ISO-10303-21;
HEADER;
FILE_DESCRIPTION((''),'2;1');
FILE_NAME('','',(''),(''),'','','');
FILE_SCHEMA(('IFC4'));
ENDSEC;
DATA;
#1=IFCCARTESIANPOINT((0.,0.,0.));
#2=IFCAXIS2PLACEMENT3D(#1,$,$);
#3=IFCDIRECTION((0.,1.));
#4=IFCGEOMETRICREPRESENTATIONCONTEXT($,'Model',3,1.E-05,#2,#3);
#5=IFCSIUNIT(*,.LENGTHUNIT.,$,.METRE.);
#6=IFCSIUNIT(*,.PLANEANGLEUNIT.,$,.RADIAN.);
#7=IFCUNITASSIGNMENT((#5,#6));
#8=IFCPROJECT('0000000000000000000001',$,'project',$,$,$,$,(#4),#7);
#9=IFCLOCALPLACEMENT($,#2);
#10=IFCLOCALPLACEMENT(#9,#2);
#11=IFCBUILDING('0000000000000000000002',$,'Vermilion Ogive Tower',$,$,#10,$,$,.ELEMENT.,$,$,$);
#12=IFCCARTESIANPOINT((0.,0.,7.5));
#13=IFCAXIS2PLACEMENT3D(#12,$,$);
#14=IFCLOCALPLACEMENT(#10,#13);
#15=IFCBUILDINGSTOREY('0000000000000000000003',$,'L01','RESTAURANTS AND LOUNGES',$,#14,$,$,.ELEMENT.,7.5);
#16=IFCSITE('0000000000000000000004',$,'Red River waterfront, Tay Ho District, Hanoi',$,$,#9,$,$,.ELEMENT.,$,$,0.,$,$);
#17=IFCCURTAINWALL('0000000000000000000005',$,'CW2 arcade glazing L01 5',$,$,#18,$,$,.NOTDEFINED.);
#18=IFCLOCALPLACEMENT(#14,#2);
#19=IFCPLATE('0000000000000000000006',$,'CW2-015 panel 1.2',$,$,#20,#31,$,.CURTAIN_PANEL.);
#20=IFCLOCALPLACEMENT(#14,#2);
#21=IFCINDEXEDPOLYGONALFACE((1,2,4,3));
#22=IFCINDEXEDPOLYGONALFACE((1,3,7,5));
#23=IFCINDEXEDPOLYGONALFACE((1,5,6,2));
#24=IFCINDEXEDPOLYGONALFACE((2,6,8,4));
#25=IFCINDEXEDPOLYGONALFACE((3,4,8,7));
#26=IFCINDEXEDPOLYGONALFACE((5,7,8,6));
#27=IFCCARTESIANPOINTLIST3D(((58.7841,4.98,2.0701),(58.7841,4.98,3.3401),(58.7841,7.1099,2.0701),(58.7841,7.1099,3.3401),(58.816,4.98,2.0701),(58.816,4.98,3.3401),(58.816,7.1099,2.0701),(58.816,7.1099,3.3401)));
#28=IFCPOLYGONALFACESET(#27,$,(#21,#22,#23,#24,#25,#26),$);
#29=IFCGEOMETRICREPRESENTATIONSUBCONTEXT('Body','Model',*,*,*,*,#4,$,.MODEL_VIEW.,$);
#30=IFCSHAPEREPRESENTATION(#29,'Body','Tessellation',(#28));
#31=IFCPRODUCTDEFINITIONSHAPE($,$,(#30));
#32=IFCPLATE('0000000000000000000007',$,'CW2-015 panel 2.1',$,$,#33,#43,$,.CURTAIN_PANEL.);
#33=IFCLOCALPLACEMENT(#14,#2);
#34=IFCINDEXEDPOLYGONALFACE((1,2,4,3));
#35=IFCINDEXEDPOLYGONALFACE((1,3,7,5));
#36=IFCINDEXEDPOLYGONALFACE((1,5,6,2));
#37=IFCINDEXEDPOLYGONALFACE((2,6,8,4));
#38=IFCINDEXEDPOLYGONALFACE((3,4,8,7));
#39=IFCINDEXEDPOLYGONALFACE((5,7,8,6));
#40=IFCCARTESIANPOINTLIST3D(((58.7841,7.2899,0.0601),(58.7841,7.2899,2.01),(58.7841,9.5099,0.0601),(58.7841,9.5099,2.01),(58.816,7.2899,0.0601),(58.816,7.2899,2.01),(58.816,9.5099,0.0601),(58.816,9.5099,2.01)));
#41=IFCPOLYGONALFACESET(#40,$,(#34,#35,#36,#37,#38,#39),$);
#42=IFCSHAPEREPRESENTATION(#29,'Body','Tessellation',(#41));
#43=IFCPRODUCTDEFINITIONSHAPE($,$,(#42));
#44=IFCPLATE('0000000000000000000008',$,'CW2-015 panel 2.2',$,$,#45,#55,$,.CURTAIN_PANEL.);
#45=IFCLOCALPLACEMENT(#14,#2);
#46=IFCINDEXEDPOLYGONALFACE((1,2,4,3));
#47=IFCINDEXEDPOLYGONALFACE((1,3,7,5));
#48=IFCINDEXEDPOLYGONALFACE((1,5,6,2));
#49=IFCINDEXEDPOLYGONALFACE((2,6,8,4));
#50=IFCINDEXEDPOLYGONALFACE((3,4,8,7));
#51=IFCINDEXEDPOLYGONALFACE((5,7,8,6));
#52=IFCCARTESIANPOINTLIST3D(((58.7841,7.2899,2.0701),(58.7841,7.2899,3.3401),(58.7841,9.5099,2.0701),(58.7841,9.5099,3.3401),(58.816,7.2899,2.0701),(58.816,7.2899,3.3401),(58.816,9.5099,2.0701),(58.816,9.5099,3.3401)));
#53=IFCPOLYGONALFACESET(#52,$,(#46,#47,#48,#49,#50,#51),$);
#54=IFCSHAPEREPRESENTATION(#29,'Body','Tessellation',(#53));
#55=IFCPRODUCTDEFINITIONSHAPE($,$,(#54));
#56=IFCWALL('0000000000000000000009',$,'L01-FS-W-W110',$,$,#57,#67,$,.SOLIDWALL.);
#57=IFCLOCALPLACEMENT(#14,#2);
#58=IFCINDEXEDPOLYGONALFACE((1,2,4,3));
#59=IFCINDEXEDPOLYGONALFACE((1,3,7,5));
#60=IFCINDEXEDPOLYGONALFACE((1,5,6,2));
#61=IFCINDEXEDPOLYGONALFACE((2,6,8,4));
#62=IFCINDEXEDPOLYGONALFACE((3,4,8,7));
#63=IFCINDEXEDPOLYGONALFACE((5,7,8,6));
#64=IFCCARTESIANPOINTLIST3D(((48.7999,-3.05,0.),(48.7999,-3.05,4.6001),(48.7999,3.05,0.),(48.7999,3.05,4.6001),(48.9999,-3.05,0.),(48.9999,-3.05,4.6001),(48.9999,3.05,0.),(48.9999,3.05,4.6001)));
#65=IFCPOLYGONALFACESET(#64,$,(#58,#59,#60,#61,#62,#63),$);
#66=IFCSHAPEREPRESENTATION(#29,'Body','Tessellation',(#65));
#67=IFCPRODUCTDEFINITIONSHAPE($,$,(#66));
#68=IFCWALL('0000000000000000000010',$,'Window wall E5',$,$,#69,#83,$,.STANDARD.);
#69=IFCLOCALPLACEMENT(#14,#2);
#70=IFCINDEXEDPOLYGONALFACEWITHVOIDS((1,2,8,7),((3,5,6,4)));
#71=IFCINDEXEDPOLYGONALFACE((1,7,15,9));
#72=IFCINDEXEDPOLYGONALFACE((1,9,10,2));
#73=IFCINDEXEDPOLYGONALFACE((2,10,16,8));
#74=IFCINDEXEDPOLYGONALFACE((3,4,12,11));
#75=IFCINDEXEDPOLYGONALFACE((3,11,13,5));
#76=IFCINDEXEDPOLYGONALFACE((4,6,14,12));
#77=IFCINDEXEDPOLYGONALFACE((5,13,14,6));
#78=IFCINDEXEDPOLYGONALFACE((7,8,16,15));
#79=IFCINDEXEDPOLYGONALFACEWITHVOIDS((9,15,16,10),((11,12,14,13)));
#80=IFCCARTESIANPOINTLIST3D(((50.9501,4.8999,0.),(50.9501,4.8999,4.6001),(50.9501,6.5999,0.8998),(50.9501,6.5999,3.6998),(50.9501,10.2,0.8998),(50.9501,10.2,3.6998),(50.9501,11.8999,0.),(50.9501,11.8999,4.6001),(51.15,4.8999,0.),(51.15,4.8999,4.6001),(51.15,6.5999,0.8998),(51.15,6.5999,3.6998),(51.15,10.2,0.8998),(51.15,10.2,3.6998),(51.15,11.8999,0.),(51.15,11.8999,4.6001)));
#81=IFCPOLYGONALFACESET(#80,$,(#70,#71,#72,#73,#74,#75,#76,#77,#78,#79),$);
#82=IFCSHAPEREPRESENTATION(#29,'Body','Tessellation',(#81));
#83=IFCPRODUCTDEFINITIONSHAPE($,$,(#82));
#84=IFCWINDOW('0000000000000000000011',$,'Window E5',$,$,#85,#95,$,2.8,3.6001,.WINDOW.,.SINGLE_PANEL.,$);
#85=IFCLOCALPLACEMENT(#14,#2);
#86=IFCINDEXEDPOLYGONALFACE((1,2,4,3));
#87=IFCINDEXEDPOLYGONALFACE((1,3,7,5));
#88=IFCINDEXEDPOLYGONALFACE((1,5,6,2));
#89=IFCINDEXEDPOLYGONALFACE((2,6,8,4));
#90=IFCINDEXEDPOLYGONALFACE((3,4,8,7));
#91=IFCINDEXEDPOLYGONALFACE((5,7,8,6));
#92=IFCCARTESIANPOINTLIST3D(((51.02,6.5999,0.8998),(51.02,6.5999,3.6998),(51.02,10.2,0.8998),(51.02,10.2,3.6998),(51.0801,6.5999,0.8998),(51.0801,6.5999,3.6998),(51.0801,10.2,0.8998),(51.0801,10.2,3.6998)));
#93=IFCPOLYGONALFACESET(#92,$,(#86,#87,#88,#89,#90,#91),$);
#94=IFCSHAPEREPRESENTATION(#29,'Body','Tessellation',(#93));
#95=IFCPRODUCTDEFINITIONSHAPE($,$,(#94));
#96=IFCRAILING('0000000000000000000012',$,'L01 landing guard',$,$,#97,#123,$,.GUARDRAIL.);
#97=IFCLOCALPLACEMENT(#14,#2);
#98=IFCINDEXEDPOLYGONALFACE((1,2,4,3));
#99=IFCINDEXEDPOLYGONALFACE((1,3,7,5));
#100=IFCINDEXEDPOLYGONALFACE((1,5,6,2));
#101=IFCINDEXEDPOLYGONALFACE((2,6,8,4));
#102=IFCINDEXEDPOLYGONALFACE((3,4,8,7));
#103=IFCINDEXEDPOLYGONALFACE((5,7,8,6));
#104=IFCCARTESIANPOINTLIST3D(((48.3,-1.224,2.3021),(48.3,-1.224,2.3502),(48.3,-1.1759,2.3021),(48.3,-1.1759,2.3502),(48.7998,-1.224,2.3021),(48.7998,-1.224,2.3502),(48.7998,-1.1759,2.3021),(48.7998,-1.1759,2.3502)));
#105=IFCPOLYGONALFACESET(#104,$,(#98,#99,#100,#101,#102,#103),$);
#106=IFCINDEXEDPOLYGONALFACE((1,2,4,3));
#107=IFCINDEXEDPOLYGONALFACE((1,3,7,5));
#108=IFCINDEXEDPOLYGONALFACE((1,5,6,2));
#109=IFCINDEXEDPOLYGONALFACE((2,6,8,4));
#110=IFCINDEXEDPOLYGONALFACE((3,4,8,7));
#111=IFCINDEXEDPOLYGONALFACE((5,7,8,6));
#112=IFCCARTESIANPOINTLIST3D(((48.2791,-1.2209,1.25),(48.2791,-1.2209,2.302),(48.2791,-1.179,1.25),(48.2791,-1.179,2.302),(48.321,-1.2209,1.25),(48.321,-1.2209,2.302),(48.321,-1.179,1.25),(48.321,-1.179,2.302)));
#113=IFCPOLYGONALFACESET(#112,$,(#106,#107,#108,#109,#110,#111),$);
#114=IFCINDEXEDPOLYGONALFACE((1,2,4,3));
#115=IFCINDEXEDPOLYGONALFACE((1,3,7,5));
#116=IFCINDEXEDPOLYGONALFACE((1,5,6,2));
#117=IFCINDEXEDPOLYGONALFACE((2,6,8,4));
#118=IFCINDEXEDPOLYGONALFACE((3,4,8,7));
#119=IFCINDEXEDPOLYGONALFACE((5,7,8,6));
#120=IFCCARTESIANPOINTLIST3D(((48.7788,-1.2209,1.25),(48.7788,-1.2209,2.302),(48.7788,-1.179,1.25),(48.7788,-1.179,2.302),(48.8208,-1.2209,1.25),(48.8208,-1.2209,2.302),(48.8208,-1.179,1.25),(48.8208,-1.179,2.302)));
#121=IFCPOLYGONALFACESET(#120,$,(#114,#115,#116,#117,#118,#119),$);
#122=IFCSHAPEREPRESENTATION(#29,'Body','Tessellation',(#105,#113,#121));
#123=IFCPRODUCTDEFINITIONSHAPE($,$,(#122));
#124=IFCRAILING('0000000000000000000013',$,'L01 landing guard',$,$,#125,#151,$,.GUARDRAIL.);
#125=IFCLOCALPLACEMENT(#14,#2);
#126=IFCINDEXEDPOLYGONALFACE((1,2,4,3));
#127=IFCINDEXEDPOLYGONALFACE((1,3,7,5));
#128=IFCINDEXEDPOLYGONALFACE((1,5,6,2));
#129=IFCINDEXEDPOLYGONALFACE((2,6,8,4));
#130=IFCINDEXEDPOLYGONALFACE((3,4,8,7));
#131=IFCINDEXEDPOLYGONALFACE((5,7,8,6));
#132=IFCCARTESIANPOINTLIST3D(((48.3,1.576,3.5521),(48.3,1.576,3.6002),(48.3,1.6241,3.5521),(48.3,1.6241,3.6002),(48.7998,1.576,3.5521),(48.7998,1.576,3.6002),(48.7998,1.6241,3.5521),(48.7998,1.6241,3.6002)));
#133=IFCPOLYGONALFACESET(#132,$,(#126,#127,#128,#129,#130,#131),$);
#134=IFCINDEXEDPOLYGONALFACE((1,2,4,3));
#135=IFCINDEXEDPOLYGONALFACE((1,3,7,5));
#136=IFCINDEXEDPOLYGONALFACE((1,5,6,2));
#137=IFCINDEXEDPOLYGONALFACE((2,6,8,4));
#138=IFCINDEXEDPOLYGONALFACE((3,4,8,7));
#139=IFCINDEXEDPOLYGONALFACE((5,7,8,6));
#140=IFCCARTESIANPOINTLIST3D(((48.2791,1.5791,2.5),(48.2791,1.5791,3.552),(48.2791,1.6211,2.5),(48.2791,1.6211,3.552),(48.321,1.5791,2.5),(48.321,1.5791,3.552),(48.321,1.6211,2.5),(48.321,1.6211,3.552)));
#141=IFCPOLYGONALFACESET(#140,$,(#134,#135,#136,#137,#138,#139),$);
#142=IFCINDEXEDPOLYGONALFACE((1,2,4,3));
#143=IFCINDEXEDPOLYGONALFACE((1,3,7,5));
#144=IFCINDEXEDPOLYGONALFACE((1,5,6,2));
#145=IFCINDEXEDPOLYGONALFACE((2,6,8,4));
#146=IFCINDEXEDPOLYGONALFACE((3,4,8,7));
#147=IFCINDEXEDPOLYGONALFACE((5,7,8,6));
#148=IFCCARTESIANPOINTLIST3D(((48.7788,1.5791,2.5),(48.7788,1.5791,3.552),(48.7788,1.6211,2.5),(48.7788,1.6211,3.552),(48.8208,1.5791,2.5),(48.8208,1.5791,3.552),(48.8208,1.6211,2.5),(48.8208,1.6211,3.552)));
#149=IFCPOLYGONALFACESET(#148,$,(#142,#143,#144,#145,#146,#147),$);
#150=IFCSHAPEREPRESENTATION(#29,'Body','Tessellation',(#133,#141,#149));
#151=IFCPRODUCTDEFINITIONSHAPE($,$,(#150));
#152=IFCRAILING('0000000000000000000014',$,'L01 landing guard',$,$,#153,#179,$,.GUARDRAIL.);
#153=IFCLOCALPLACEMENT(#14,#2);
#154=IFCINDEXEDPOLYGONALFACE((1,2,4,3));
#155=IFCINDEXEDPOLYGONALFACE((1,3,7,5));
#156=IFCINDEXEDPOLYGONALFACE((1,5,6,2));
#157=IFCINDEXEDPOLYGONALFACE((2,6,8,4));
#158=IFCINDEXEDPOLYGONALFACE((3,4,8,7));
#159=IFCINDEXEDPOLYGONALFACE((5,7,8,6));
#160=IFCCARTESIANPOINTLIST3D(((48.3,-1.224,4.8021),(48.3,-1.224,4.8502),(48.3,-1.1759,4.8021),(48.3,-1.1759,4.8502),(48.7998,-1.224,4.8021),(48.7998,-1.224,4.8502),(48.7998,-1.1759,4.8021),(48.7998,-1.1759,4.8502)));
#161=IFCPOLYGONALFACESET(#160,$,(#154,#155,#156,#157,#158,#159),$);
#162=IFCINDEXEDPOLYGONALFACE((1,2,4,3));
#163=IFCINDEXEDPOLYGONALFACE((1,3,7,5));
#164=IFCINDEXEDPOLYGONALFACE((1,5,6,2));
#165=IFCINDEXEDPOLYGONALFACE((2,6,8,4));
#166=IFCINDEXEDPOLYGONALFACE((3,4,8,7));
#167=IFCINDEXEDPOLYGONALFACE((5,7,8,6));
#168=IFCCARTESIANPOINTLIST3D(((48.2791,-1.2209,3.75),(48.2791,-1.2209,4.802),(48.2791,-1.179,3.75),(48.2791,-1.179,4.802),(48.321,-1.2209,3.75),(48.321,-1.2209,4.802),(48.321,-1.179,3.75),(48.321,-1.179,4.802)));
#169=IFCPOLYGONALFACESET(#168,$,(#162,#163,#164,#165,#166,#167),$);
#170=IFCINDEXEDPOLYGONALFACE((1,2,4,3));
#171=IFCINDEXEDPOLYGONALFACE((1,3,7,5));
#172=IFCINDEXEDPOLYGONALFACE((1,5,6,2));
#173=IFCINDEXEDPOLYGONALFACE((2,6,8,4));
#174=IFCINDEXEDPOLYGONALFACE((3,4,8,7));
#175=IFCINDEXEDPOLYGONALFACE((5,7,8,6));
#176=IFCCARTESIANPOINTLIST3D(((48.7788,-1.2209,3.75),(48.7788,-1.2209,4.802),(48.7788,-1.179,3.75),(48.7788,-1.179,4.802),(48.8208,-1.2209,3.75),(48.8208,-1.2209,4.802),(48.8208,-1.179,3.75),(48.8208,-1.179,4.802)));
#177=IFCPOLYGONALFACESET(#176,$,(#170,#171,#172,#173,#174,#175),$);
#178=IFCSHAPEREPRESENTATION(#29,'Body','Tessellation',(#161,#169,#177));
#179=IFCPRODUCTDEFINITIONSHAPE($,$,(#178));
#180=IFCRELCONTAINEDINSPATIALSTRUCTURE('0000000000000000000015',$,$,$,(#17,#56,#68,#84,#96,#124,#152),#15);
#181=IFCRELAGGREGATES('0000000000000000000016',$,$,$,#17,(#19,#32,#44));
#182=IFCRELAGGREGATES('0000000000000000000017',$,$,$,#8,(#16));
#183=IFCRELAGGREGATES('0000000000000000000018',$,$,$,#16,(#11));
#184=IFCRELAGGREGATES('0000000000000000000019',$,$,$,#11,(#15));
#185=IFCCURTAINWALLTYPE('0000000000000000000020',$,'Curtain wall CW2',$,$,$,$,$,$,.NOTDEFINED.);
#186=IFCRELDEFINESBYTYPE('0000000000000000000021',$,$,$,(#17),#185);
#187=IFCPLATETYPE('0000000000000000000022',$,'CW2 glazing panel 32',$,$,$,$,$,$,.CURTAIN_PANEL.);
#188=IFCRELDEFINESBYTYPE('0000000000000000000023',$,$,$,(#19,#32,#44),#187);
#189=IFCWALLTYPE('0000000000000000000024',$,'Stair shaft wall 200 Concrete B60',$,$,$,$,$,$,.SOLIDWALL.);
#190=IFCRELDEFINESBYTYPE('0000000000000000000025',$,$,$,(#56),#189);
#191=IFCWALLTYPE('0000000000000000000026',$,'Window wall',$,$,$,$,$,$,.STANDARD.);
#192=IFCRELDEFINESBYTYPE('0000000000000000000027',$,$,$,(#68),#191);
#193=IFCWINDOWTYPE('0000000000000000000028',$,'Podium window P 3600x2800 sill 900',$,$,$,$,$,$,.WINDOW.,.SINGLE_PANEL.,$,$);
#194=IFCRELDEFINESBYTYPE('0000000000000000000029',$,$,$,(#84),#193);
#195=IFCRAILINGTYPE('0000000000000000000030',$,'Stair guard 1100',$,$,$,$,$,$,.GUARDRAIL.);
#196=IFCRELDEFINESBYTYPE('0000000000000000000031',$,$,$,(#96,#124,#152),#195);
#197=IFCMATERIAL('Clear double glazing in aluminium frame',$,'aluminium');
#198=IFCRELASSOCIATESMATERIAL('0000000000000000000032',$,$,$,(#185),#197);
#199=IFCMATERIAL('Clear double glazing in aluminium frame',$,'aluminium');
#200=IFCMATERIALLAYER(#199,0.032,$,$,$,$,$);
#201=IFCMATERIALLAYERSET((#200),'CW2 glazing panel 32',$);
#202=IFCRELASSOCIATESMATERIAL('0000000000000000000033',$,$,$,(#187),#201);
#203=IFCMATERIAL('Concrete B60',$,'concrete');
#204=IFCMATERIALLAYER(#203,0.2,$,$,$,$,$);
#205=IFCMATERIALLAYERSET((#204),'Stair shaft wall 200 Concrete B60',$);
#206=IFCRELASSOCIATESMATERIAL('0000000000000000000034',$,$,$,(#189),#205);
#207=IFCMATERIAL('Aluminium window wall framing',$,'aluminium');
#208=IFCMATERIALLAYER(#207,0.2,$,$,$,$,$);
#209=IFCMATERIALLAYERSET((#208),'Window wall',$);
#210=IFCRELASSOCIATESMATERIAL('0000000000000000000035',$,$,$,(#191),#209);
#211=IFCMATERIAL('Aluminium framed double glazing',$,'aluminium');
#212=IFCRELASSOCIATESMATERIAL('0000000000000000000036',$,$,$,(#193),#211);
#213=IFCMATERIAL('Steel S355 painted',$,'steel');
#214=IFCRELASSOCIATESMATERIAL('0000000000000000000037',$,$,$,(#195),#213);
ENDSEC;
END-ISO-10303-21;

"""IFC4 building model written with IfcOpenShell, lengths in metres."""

from ifc_helpers import new_model, si_unit, direction, frame, frame_2d, origin, origin_2d, place, context, subcontext, project, spatial, rectangle, extrude, material, layer, layer_set, type_object, element, fill, aggregate, save


model = new_model("IFC4")

# Units and contexts
model_context = context("Model", 3, precision=1e-05, world=origin(), true_north=direction((0.0, 1.0)))
body_context = subcontext(model_context, "Body", "Model", "MODEL_VIEW")
ifc_project = project(units=[si_unit("LENGTHUNIT", "METRE"), si_unit("PLANEANGLEUNIT", "RADIAN")], contexts=[model_context])

# Site, building, storey
site_placement = place(None, origin())
site = spatial("IfcSite", under=ifc_project, at=site_placement, Name="Red River waterfront, Tay Ho District, Hanoi", CompositionType="ELEMENT", RefElevation=0.0)
building_placement = place(site_placement, origin())
building = spatial("IfcBuilding", under=site, at=building_placement, Name="Vermilion Ogive Tower", CompositionType="ELEMENT")
storey_placement = place(building_placement, frame((0.0, 0.0, 7.5)))
storey = spatial("IfcBuildingStorey", under=building, at=storey_placement, Name="L01", Description="RESTAURANTS AND LOUNGES", CompositionType="ELEMENT", Elevation=7.5)

# Curtain wall
ifc_material_1 = material(Name="Clear double glazing in aluminium frame", Category="aluminium")
curtain_wall_type = type_object("IfcCurtainWallType", Name="Curtain wall CW2", PredefinedType="NOTDEFINED", material=ifc_material_1)
curtain_wall_placement = place(storey_placement, origin())
curtain_wall = element("IfcCurtainWall", 1, at=curtain_wall_placement, inside=storey, type_object=curtain_wall_type, Name="CW2 arcade glazing L01 5", PredefinedType="NOTDEFINED")

# Plates
ifc_material_2 = material(Name="Clear double glazing in aluminium frame", Category="aluminium")
ifc_layer_1 = layer(ifc_material_2, 0.032)
ifc_layer_set_1 = layer_set([ifc_layer_1], Name="CW2 glazing panel 32")
plate_type = type_object("IfcPlateType", Name="CW2 glazing panel 32", PredefinedType="CURTAIN_PANEL", material=ifc_layer_set_1)
plate_1_placement = place(storey_placement, frame((58.8, 6.0449, 2.0701), z_axis=(0.0, 0.0, 1.0), x_axis=(0.0, 1.0, 0.0)))
plate_1 = element("IfcPlate", 2, at=plate_1_placement, type_object=plate_type, Name="CW2-015 panel 1.2", PredefinedType="CURTAIN_PANEL", context=body_context, shape_type="SweptSolid", body=[
    extrude(rectangle(XDim=2.1299, YDim=0.032, at=origin_2d()), origin(), (0.0, 0.0, 1.0), 1.27),
])
plate_2_placement = place(storey_placement, frame((58.8, 8.3999, 0.0601), z_axis=(0.0, 0.0, 1.0), x_axis=(0.0, 1.0, 0.0)))
plate_2 = element("IfcPlate", 3, at=plate_2_placement, type_object=plate_type, Name="CW2-015 panel 2.1", PredefinedType="CURTAIN_PANEL", context=body_context, shape_type="SweptSolid", body=[
    extrude(rectangle(XDim=2.22, YDim=0.032, at=origin_2d()), origin(), (0.0, 0.0, 1.0), 1.95),
])
plate_3_placement = place(storey_placement, frame((58.8, 8.3999, 2.0701), z_axis=(0.0, 0.0, 1.0), x_axis=(0.0, 1.0, 0.0)))
plate_3 = element("IfcPlate", 4, at=plate_3_placement, type_object=plate_type, Name="CW2-015 panel 2.2", PredefinedType="CURTAIN_PANEL", context=body_context, shape_type="SweptSolid", body=[
    extrude(rectangle(XDim=2.22, YDim=0.032, at=origin_2d()), origin(), (0.0, 0.0, 1.0), 1.27),
])
aggregate(curtain_wall, [plate_1, plate_2, plate_3])

# Wall
ifc_material_3 = material(Name="Concrete B60", Category="concrete")
ifc_layer_2 = layer(ifc_material_3, 0.2)
ifc_layer_set_2 = layer_set([ifc_layer_2], Name="Stair shaft wall 200 Concrete B60")
wall_type_1 = type_object("IfcWallType", Name="Stair shaft wall 200 Concrete B60", PredefinedType="SOLIDWALL", material=ifc_layer_set_2)
wall_1_placement = place(storey_placement, frame((48.8999, -3.05, 0.0), z_axis=(0.0, 0.0, 1.0), x_axis=(0.0, 1.0, 0.0)))
element("IfcWall", 5, at=wall_1_placement, inside=storey, type_object=wall_type_1, Name="L01-FS-W-W110", PredefinedType="SOLIDWALL", context=body_context, shape_type="SweptSolid", body=[
    extrude(rectangle(XDim=6.1001, YDim=0.2, at=frame_2d((3.05, 0.0))), origin(), (0.0, 0.0, 1.0), 4.6001),
])

# Wall, opening, window
ifc_material_4 = material(Name="Aluminium window wall framing", Category="aluminium")
ifc_layer_3 = layer(ifc_material_4, 0.2)
ifc_layer_set_3 = layer_set([ifc_layer_3], Name="Window wall")
wall_type_2 = type_object("IfcWallType", Name="Window wall", PredefinedType="STANDARD", material=ifc_layer_set_3)
wall_2_placement = place(storey_placement, frame((51.05, 4.8999, 0.0), z_axis=(0.0, 0.0, 1.0), x_axis=(0.0, 1.0, 0.0)))
wall_2 = element("IfcWall", 6, at=wall_2_placement, inside=storey, type_object=wall_type_2, Name="Window wall E5", PredefinedType="STANDARD", context=body_context, shape_type="SweptSolid", body=[
    extrude(rectangle(XDim=7.0, YDim=0.2, at=frame_2d((3.5, 0.0))), origin(), (0.0, 0.0, 1.0), 4.6001),
])
opening_placement = place(wall_2_placement, frame((1.7, 0.0, 0.8999)))
opening = element("IfcOpeningElement", 7, at=opening_placement, cuts=wall_2, PredefinedType="OPENING", context=body_context, shape_type="SweptSolid", body=[
    extrude(rectangle(XDim=3.6001, YDim=2.8, at=frame_2d((1.8, 1.3999))), frame((0.0, 0.1099, 0.0), z_axis=(0.0, -1.0, 0.0), x_axis=(1.0, 0.0, 0.0)), (0.0, 0.0, 1.0), 0.22),
])
ifc_material_5 = material(Name="Aluminium framed double glazing", Category="aluminium")
window_type = type_object("IfcWindowType", Name="Podium window P 3600x2800 sill 900", PartitioningType="SINGLE_PANEL", PredefinedType="WINDOW", material=ifc_material_5)
window_placement = place(opening_placement, origin())
window = element("IfcWindow", 8, at=window_placement, inside=storey, type_object=window_type, Name="Window E5", OverallHeight=2.8, OverallWidth=3.6001, PartitioningType="SINGLE_PANEL", PredefinedType="WINDOW", context=body_context, shape_type="SweptSolid", body=[
    extrude(rectangle(XDim=3.6001, YDim=2.8, at=frame_2d((1.8, 1.3999))), frame((0.0, 0.03, 0.0), z_axis=(0.0, -1.0, 0.0), x_axis=(1.0, 0.0, 0.0)), (0.0, 0.0, 1.0), 0.0601),
])
fill(opening, window)

# Railings
ifc_material_6 = material(Name="Steel S355 painted", Category="steel")
railing_type_1 = type_object("IfcRailingType", Name="Stair guard 1100", PredefinedType="GUARDRAIL", material=ifc_material_6)
for number, where, name in (
    (9, (48.3, -1.2, 1.25), "L01 landing guard"),
    (10, (48.3, 1.6001, 2.5), "L01 landing guard"),
    (11, (48.3, -1.2, 3.75), "L01 landing guard"),
):
    element("IfcRailing", number, at=place(storey_placement, frame(where)), inside=storey, type_object=railing_type_1, Name=name, PredefinedType="GUARDRAIL", context=body_context, shape_type="SweptSolid", body=[
        extrude(rectangle(XDim=0.0481, YDim=0.0481, at=origin_2d()), frame((0.0, 0.0, 1.0762), z_axis=(1.0, 0.0, 0.0), x_axis=(0.0, 1.0, 0.0)), (0.0, 0.0, 1.0), 0.4998),
        extrude(rectangle(XDim=0.042, YDim=0.042, at=origin_2d()), origin(), (0.0, 0.0, 1.0), 1.052),
        extrude(rectangle(XDim=0.042, YDim=0.042, at=origin_2d()), frame((0.4998, 0.0, 0.0)), (0.0, 0.0, 1.0), 1.052),
    ])

save(model, "model.ifc")
